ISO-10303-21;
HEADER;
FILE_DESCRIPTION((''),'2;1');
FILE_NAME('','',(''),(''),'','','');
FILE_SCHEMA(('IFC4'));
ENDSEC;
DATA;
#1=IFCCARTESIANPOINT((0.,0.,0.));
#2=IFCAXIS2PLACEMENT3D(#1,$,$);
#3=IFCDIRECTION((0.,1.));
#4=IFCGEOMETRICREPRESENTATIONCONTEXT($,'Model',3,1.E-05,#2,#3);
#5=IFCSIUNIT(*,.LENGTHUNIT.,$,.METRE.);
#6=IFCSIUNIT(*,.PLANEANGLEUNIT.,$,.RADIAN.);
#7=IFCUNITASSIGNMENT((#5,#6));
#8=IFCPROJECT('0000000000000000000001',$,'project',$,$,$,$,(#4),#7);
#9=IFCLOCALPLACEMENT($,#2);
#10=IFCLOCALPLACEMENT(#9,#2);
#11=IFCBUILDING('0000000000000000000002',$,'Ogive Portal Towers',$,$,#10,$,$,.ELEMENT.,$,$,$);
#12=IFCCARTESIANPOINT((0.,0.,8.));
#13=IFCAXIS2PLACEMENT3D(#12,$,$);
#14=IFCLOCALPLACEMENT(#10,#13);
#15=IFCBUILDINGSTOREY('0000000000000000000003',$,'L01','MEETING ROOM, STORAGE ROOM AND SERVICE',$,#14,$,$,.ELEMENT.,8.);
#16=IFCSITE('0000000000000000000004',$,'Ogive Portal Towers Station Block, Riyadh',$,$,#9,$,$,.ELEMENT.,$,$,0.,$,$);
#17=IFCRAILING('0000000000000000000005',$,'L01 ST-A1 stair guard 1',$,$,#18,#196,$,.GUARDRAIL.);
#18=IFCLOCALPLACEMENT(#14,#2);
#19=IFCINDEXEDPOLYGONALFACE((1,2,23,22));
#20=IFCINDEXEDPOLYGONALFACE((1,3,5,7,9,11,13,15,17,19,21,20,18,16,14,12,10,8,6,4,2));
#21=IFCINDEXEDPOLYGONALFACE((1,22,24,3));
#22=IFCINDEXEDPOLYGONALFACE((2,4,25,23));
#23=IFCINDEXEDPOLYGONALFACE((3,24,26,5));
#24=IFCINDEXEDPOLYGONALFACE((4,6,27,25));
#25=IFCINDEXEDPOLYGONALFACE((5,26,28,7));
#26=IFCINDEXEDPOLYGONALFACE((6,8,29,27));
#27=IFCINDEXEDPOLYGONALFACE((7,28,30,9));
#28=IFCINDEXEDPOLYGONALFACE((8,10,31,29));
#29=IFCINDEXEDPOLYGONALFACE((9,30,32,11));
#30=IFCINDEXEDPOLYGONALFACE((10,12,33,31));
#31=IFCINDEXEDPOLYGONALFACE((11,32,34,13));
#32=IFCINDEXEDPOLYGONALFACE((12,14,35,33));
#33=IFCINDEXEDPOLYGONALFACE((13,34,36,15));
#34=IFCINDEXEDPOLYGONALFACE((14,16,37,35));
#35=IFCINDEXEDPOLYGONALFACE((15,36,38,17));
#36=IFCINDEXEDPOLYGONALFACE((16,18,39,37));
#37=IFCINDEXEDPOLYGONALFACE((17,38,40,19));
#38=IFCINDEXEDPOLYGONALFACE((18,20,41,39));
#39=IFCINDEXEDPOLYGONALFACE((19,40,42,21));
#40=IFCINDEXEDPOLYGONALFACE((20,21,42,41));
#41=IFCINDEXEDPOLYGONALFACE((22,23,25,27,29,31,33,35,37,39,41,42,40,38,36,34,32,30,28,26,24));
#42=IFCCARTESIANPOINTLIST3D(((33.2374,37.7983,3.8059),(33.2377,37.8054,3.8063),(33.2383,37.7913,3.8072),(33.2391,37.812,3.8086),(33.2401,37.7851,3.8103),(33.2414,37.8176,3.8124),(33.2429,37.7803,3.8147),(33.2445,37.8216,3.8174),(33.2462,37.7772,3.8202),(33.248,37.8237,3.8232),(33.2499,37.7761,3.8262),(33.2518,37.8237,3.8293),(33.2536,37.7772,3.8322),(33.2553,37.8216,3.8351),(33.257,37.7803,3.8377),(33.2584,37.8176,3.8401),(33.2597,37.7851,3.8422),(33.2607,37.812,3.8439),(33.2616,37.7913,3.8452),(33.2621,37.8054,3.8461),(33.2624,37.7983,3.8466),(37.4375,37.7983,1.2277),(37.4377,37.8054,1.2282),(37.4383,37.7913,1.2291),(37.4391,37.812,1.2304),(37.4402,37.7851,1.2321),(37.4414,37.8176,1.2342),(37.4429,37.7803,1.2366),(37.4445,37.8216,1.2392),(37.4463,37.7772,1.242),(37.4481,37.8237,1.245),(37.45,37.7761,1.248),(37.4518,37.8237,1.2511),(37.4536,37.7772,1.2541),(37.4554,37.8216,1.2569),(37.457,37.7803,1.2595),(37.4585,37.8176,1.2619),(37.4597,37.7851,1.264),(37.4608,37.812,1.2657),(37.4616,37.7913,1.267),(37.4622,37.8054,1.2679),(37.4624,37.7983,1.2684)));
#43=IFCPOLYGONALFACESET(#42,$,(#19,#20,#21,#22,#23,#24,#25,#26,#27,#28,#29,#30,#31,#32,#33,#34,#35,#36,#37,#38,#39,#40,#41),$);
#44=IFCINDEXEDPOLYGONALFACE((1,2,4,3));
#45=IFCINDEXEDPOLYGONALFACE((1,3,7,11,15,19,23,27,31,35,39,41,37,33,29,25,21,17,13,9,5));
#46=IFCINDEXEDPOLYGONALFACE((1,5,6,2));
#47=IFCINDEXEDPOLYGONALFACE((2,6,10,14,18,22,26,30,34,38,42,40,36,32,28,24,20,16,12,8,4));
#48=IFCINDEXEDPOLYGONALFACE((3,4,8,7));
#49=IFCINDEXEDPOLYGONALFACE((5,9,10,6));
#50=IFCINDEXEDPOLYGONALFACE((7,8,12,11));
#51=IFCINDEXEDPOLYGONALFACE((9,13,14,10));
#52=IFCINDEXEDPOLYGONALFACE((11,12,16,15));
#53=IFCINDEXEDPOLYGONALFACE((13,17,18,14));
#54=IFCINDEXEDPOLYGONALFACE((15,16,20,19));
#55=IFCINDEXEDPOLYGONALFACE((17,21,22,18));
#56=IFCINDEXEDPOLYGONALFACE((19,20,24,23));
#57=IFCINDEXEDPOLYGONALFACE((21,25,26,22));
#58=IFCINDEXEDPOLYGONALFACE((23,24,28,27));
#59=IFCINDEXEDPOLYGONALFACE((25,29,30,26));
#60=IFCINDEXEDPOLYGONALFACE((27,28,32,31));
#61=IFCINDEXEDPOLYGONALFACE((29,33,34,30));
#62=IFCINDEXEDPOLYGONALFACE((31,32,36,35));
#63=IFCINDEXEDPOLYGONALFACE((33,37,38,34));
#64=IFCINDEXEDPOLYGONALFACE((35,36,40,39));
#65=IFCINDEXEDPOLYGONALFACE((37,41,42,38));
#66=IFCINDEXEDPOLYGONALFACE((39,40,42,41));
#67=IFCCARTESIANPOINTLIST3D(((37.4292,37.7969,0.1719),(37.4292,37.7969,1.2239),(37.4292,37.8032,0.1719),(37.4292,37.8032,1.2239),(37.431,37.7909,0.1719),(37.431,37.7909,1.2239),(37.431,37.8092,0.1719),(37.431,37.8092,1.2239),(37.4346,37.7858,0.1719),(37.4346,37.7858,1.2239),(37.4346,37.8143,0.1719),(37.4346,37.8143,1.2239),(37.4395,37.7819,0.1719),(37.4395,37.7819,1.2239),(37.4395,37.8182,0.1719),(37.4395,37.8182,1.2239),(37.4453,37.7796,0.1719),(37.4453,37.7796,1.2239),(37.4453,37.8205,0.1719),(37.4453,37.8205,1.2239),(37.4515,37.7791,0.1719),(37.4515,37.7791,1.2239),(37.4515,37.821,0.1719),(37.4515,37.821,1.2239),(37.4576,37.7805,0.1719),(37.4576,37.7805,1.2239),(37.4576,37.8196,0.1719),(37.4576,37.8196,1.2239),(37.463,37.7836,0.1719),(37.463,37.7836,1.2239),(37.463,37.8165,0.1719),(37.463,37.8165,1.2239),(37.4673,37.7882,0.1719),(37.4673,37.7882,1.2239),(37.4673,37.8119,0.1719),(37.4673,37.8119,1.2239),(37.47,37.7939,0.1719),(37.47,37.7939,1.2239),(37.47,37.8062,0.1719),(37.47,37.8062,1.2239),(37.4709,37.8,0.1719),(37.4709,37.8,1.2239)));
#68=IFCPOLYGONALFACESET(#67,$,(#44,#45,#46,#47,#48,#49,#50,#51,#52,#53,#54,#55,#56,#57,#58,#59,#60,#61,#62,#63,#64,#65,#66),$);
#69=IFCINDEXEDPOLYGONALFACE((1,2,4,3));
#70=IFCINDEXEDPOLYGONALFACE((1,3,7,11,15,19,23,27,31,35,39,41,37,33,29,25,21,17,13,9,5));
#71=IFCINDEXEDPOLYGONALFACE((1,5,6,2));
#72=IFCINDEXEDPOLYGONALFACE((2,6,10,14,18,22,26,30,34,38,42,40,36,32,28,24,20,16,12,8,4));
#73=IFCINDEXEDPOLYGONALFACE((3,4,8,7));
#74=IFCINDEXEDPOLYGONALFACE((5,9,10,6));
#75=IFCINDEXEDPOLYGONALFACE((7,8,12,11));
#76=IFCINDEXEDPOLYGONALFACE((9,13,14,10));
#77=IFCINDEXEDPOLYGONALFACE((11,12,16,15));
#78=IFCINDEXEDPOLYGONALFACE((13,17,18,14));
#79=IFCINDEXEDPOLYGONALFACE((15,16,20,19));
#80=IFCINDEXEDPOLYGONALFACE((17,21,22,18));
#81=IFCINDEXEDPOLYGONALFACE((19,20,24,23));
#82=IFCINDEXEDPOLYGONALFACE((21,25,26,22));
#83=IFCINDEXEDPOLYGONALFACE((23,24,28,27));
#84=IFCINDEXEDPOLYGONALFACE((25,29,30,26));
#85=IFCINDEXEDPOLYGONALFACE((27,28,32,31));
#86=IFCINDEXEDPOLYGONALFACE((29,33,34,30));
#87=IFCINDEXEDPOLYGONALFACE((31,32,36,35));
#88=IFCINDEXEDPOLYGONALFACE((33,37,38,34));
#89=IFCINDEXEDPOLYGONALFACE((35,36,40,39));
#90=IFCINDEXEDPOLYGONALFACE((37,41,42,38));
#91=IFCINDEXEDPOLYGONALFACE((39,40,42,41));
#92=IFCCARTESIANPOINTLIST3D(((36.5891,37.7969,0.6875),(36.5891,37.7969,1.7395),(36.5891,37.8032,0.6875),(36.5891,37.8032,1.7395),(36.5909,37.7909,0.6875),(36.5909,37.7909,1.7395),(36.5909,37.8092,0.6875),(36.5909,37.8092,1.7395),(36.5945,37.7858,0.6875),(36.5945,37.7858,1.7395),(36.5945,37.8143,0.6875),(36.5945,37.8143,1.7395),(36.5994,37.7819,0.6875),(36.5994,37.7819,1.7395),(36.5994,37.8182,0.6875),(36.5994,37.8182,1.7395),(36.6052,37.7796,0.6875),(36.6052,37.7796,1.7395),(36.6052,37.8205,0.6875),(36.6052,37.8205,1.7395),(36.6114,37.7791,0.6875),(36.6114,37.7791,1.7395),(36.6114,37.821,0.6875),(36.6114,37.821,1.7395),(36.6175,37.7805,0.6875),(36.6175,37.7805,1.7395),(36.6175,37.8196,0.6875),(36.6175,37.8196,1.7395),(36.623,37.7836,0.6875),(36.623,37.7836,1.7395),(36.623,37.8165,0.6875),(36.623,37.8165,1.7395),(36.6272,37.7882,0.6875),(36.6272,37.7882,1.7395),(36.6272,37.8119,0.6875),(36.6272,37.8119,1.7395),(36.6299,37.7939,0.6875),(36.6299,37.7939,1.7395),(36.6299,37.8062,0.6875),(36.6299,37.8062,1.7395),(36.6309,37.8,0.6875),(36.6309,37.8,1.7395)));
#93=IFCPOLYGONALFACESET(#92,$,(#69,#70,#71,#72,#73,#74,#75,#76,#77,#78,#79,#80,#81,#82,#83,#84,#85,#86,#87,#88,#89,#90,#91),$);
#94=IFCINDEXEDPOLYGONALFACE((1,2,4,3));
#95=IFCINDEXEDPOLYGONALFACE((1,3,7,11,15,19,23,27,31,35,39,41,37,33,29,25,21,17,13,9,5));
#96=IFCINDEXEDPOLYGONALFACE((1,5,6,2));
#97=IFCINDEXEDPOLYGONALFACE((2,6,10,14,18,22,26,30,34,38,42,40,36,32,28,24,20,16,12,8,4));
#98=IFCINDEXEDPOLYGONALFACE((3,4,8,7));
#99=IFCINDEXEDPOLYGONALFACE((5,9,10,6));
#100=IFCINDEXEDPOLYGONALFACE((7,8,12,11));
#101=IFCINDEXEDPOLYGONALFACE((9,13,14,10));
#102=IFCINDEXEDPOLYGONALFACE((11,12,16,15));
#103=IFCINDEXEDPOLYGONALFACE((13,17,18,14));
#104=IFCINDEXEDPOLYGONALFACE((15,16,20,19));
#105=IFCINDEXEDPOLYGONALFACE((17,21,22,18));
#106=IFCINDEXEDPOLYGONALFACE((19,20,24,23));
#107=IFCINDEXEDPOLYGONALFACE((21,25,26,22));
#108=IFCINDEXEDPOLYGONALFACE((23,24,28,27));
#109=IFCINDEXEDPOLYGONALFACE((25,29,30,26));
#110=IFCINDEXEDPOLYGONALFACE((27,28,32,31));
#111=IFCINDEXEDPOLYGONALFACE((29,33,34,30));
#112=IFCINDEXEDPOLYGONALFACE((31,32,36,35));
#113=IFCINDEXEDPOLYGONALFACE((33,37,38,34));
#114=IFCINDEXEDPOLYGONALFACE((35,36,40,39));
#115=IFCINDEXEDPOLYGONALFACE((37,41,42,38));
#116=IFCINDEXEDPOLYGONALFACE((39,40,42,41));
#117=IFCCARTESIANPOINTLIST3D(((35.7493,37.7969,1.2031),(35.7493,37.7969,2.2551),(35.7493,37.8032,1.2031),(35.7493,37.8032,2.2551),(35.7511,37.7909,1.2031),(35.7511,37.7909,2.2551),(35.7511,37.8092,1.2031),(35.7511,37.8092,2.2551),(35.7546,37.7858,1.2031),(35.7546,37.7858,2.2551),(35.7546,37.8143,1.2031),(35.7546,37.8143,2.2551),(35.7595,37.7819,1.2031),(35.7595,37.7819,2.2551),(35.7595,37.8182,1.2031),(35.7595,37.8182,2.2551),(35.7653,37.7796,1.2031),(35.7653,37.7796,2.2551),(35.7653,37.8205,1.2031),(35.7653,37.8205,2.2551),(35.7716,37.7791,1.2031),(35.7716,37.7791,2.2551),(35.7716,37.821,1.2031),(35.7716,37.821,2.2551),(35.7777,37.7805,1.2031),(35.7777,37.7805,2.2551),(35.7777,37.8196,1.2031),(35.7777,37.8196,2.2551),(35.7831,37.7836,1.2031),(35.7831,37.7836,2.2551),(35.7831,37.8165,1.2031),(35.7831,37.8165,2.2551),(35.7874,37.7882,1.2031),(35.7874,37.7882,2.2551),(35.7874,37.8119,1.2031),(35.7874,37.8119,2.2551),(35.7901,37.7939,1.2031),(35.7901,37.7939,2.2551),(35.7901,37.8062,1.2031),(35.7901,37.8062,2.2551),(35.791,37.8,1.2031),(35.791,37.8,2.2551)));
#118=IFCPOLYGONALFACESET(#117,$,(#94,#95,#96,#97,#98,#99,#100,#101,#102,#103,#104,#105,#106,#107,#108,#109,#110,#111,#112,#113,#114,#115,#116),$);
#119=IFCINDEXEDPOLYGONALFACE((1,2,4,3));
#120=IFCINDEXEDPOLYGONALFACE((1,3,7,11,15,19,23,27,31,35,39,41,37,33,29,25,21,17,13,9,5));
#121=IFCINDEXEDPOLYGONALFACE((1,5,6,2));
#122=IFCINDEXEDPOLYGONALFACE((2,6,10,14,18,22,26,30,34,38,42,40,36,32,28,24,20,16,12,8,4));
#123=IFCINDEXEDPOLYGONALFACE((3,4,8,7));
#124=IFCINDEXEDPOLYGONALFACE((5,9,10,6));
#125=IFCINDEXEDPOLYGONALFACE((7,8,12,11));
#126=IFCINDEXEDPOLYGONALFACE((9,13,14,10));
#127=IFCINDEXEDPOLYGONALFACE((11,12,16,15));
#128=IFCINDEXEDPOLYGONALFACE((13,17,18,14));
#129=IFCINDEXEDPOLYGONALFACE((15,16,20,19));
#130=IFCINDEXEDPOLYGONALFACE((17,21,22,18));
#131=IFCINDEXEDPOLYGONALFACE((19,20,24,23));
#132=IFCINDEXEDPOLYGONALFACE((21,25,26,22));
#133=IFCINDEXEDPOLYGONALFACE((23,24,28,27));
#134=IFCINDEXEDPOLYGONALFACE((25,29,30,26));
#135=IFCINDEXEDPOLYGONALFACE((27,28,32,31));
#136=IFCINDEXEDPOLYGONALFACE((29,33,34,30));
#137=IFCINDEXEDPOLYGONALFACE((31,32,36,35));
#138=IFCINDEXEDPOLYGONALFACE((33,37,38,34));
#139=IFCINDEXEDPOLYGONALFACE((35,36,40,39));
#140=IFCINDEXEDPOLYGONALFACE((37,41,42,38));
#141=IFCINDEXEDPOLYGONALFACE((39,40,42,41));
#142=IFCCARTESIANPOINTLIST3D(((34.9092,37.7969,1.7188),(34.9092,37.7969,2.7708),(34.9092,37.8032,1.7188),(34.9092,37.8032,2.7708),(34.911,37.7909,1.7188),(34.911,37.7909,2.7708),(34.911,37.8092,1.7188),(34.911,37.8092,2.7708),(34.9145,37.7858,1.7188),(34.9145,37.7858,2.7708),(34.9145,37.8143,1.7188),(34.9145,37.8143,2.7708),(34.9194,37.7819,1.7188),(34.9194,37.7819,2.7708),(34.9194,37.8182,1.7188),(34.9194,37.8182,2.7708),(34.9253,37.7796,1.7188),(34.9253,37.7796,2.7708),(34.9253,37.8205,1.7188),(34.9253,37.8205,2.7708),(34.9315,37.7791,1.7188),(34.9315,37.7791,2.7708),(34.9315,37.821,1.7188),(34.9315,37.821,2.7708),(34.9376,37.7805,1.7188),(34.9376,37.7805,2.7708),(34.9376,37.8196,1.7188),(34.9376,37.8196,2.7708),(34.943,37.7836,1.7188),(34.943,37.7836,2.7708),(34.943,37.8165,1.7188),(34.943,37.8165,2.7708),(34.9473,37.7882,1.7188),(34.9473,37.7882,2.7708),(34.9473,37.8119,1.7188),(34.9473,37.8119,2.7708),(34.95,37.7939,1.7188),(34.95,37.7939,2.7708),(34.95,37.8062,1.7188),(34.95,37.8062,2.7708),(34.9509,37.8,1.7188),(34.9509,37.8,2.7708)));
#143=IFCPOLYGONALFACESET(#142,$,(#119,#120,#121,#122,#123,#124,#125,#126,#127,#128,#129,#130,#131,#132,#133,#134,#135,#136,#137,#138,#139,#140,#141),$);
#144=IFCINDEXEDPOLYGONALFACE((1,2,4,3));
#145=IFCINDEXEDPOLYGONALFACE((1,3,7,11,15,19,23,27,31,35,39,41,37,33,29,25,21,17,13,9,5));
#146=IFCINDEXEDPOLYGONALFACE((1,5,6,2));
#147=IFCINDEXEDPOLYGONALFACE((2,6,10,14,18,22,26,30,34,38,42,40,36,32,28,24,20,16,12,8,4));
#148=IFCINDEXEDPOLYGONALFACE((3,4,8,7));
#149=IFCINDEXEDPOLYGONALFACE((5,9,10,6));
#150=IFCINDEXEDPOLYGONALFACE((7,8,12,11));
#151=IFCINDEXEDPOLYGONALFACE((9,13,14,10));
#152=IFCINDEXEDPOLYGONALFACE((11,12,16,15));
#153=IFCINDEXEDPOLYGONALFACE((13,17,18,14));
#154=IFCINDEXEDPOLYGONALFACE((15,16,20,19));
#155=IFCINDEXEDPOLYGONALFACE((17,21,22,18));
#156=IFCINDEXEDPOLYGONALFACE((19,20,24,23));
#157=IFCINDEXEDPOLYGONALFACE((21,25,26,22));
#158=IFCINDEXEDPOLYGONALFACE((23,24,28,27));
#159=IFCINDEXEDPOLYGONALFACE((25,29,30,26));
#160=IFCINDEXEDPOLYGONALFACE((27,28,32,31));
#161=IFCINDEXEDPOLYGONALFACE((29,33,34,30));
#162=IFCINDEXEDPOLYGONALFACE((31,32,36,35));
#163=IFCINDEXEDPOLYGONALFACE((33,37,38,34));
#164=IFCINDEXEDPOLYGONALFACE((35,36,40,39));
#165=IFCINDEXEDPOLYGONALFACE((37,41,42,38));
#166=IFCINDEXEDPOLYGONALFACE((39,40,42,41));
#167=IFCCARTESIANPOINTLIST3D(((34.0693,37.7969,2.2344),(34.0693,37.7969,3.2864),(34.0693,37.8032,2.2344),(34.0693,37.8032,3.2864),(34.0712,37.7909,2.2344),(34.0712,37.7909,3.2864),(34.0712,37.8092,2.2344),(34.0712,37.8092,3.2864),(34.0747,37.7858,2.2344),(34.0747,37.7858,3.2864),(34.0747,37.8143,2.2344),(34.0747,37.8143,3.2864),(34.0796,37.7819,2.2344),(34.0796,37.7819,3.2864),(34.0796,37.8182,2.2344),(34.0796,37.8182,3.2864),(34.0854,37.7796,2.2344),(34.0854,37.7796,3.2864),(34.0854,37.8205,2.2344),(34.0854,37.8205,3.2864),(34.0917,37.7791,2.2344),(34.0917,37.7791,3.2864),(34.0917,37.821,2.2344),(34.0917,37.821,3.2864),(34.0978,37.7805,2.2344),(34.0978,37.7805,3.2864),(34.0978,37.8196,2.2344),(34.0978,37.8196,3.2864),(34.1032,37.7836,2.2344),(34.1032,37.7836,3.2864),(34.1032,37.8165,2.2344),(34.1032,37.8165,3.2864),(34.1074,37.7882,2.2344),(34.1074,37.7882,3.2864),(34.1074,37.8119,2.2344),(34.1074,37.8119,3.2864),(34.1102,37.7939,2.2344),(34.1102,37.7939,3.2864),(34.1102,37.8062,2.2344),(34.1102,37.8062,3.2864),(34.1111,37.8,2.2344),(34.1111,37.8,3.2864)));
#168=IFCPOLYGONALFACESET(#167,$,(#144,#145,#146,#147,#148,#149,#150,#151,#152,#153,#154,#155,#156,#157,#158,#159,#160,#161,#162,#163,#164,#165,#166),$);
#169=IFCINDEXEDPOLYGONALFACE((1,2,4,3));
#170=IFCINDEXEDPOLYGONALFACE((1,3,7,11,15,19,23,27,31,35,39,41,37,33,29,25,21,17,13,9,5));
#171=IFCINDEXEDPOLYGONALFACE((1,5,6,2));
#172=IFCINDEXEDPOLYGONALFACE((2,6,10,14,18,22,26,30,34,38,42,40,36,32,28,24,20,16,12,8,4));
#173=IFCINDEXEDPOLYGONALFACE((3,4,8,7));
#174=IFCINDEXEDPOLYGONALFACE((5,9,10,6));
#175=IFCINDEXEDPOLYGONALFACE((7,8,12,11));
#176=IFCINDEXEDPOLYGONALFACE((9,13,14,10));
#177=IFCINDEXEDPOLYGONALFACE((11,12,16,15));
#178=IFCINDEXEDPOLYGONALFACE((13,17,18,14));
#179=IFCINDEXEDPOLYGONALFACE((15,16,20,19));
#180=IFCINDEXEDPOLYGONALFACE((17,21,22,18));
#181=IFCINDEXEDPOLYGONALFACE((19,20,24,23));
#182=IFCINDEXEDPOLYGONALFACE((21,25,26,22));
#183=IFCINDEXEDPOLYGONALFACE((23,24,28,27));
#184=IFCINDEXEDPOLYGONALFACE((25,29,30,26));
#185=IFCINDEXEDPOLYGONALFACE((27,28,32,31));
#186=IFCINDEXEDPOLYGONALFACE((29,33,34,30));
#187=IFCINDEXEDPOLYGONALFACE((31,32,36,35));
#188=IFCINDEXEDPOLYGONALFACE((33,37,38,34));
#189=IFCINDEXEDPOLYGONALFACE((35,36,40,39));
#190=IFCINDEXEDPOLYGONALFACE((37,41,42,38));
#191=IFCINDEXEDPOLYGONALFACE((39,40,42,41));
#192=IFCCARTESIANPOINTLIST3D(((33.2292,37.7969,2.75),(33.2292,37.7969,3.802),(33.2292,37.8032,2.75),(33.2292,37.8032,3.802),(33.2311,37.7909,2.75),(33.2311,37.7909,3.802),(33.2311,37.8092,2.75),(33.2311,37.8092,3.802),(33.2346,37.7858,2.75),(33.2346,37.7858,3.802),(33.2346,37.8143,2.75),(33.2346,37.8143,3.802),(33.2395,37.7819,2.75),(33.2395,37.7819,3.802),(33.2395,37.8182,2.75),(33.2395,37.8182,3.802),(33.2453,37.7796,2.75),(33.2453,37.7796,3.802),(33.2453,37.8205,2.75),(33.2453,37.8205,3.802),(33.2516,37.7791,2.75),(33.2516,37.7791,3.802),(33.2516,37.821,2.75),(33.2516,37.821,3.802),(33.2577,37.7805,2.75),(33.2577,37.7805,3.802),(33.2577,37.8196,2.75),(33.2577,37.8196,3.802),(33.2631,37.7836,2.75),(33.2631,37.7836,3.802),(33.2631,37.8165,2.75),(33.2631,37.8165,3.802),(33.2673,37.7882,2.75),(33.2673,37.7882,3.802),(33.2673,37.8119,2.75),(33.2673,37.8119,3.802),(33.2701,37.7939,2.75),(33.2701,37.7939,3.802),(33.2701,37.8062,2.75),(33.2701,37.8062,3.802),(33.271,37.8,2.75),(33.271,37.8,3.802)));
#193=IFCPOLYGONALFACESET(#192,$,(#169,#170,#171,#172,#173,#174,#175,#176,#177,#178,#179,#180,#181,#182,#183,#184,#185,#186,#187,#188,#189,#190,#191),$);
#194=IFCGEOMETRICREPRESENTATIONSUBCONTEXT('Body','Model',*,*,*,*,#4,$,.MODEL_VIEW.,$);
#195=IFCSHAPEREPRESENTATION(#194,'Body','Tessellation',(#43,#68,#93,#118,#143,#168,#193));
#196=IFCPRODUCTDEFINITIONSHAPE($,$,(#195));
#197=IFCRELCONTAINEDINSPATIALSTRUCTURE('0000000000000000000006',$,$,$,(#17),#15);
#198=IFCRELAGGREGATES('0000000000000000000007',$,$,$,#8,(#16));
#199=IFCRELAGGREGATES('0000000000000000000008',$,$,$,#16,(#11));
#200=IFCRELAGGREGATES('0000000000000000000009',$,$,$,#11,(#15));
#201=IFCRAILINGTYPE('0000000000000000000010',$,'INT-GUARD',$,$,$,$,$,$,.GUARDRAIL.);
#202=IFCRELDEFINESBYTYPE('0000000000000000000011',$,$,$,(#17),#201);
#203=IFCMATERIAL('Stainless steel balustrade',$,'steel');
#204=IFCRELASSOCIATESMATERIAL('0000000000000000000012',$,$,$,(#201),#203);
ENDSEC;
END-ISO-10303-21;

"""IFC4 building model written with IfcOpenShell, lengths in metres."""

from ifc_helpers import new_model, si_unit, direction, frame, origin, origin_2d, place, context, subcontext, project, spatial, circle, extrude, material, type_object, element, save


model = new_model("IFC4")

# Units and contexts
model_context = context("Model", 3, precision=1e-05, world=origin(), true_north=direction((0.0, 1.0)))
body_context = subcontext(model_context, "Body", "Model", "MODEL_VIEW")
ifc_project = project(units=[si_unit("LENGTHUNIT", "METRE"), si_unit("PLANEANGLEUNIT", "RADIAN")], contexts=[model_context])

# Site, building, storey
site_placement = place(None, origin())
site = spatial("IfcSite", under=ifc_project, at=site_placement, Name="Ogive Portal Towers Station Block, Riyadh", CompositionType="ELEMENT", RefElevation=0.0)
building_placement = place(site_placement, origin())
building = spatial("IfcBuilding", under=site, at=building_placement, Name="Ogive Portal Towers", CompositionType="ELEMENT")
storey_placement = place(building_placement, frame((0.0, 0.0, 8.0)))
storey = spatial("IfcBuildingStorey", under=building, at=storey_placement, Name="L01", Description="MEETING ROOM, STORAGE ROOM AND SERVICE", CompositionType="ELEMENT", Elevation=8.0)

# Railing
ifc_material_1 = material(Name="Stainless steel balustrade", Category="steel")
railing_type_1 = type_object("IfcRailingType", Name="INT-GUARD", PredefinedType="GUARDRAIL", material=ifc_material_1)
railing_1_placement = place(storey_placement, frame((37.45, 37.8, 0.1719)))
element("IfcRailing", 1, at=railing_1_placement, inside=storey, type_object=railing_type_1, Name="L01 ST-A1 stair guard 1", PredefinedType="GUARDRAIL", context=body_context, shape_type="SweptSolid", body=[
    extrude(circle(Radius=0.0239, at=origin_2d()), frame((0.0, 0.0, 1.0762), z_axis=(-0.852243, 0.0, 0.523146), x_axis=(0.0, -1.0, 0.0)), (0.0, 0.0, 1.0), 4.9282),
    extrude(circle(Radius=0.021, at=origin_2d()), origin(), (0.0, 0.0, 1.0), 1.052),
    extrude(circle(Radius=0.021, at=origin_2d()), frame((-0.8401, 0.0, 0.5156)), (0.0, 0.0, 1.0), 1.052),
    extrude(circle(Radius=0.021, at=origin_2d()), frame((-1.6799, 0.0, 1.0312)), (0.0, 0.0, 1.0), 1.052),
    extrude(circle(Radius=0.021, at=origin_2d()), frame((-2.52, 0.0, 1.5469)), (0.0, 0.0, 1.0), 1.052),
    extrude(circle(Radius=0.021, at=origin_2d()), frame((-3.3599, 0.0, 2.0625)), (0.0, 0.0, 1.0), 1.052),
    extrude(circle(Radius=0.021, at=origin_2d()), frame((-4.2, 0.0, 2.5781)), (0.0, 0.0, 1.0), 1.052),
])

save(model, "model.ifc")
